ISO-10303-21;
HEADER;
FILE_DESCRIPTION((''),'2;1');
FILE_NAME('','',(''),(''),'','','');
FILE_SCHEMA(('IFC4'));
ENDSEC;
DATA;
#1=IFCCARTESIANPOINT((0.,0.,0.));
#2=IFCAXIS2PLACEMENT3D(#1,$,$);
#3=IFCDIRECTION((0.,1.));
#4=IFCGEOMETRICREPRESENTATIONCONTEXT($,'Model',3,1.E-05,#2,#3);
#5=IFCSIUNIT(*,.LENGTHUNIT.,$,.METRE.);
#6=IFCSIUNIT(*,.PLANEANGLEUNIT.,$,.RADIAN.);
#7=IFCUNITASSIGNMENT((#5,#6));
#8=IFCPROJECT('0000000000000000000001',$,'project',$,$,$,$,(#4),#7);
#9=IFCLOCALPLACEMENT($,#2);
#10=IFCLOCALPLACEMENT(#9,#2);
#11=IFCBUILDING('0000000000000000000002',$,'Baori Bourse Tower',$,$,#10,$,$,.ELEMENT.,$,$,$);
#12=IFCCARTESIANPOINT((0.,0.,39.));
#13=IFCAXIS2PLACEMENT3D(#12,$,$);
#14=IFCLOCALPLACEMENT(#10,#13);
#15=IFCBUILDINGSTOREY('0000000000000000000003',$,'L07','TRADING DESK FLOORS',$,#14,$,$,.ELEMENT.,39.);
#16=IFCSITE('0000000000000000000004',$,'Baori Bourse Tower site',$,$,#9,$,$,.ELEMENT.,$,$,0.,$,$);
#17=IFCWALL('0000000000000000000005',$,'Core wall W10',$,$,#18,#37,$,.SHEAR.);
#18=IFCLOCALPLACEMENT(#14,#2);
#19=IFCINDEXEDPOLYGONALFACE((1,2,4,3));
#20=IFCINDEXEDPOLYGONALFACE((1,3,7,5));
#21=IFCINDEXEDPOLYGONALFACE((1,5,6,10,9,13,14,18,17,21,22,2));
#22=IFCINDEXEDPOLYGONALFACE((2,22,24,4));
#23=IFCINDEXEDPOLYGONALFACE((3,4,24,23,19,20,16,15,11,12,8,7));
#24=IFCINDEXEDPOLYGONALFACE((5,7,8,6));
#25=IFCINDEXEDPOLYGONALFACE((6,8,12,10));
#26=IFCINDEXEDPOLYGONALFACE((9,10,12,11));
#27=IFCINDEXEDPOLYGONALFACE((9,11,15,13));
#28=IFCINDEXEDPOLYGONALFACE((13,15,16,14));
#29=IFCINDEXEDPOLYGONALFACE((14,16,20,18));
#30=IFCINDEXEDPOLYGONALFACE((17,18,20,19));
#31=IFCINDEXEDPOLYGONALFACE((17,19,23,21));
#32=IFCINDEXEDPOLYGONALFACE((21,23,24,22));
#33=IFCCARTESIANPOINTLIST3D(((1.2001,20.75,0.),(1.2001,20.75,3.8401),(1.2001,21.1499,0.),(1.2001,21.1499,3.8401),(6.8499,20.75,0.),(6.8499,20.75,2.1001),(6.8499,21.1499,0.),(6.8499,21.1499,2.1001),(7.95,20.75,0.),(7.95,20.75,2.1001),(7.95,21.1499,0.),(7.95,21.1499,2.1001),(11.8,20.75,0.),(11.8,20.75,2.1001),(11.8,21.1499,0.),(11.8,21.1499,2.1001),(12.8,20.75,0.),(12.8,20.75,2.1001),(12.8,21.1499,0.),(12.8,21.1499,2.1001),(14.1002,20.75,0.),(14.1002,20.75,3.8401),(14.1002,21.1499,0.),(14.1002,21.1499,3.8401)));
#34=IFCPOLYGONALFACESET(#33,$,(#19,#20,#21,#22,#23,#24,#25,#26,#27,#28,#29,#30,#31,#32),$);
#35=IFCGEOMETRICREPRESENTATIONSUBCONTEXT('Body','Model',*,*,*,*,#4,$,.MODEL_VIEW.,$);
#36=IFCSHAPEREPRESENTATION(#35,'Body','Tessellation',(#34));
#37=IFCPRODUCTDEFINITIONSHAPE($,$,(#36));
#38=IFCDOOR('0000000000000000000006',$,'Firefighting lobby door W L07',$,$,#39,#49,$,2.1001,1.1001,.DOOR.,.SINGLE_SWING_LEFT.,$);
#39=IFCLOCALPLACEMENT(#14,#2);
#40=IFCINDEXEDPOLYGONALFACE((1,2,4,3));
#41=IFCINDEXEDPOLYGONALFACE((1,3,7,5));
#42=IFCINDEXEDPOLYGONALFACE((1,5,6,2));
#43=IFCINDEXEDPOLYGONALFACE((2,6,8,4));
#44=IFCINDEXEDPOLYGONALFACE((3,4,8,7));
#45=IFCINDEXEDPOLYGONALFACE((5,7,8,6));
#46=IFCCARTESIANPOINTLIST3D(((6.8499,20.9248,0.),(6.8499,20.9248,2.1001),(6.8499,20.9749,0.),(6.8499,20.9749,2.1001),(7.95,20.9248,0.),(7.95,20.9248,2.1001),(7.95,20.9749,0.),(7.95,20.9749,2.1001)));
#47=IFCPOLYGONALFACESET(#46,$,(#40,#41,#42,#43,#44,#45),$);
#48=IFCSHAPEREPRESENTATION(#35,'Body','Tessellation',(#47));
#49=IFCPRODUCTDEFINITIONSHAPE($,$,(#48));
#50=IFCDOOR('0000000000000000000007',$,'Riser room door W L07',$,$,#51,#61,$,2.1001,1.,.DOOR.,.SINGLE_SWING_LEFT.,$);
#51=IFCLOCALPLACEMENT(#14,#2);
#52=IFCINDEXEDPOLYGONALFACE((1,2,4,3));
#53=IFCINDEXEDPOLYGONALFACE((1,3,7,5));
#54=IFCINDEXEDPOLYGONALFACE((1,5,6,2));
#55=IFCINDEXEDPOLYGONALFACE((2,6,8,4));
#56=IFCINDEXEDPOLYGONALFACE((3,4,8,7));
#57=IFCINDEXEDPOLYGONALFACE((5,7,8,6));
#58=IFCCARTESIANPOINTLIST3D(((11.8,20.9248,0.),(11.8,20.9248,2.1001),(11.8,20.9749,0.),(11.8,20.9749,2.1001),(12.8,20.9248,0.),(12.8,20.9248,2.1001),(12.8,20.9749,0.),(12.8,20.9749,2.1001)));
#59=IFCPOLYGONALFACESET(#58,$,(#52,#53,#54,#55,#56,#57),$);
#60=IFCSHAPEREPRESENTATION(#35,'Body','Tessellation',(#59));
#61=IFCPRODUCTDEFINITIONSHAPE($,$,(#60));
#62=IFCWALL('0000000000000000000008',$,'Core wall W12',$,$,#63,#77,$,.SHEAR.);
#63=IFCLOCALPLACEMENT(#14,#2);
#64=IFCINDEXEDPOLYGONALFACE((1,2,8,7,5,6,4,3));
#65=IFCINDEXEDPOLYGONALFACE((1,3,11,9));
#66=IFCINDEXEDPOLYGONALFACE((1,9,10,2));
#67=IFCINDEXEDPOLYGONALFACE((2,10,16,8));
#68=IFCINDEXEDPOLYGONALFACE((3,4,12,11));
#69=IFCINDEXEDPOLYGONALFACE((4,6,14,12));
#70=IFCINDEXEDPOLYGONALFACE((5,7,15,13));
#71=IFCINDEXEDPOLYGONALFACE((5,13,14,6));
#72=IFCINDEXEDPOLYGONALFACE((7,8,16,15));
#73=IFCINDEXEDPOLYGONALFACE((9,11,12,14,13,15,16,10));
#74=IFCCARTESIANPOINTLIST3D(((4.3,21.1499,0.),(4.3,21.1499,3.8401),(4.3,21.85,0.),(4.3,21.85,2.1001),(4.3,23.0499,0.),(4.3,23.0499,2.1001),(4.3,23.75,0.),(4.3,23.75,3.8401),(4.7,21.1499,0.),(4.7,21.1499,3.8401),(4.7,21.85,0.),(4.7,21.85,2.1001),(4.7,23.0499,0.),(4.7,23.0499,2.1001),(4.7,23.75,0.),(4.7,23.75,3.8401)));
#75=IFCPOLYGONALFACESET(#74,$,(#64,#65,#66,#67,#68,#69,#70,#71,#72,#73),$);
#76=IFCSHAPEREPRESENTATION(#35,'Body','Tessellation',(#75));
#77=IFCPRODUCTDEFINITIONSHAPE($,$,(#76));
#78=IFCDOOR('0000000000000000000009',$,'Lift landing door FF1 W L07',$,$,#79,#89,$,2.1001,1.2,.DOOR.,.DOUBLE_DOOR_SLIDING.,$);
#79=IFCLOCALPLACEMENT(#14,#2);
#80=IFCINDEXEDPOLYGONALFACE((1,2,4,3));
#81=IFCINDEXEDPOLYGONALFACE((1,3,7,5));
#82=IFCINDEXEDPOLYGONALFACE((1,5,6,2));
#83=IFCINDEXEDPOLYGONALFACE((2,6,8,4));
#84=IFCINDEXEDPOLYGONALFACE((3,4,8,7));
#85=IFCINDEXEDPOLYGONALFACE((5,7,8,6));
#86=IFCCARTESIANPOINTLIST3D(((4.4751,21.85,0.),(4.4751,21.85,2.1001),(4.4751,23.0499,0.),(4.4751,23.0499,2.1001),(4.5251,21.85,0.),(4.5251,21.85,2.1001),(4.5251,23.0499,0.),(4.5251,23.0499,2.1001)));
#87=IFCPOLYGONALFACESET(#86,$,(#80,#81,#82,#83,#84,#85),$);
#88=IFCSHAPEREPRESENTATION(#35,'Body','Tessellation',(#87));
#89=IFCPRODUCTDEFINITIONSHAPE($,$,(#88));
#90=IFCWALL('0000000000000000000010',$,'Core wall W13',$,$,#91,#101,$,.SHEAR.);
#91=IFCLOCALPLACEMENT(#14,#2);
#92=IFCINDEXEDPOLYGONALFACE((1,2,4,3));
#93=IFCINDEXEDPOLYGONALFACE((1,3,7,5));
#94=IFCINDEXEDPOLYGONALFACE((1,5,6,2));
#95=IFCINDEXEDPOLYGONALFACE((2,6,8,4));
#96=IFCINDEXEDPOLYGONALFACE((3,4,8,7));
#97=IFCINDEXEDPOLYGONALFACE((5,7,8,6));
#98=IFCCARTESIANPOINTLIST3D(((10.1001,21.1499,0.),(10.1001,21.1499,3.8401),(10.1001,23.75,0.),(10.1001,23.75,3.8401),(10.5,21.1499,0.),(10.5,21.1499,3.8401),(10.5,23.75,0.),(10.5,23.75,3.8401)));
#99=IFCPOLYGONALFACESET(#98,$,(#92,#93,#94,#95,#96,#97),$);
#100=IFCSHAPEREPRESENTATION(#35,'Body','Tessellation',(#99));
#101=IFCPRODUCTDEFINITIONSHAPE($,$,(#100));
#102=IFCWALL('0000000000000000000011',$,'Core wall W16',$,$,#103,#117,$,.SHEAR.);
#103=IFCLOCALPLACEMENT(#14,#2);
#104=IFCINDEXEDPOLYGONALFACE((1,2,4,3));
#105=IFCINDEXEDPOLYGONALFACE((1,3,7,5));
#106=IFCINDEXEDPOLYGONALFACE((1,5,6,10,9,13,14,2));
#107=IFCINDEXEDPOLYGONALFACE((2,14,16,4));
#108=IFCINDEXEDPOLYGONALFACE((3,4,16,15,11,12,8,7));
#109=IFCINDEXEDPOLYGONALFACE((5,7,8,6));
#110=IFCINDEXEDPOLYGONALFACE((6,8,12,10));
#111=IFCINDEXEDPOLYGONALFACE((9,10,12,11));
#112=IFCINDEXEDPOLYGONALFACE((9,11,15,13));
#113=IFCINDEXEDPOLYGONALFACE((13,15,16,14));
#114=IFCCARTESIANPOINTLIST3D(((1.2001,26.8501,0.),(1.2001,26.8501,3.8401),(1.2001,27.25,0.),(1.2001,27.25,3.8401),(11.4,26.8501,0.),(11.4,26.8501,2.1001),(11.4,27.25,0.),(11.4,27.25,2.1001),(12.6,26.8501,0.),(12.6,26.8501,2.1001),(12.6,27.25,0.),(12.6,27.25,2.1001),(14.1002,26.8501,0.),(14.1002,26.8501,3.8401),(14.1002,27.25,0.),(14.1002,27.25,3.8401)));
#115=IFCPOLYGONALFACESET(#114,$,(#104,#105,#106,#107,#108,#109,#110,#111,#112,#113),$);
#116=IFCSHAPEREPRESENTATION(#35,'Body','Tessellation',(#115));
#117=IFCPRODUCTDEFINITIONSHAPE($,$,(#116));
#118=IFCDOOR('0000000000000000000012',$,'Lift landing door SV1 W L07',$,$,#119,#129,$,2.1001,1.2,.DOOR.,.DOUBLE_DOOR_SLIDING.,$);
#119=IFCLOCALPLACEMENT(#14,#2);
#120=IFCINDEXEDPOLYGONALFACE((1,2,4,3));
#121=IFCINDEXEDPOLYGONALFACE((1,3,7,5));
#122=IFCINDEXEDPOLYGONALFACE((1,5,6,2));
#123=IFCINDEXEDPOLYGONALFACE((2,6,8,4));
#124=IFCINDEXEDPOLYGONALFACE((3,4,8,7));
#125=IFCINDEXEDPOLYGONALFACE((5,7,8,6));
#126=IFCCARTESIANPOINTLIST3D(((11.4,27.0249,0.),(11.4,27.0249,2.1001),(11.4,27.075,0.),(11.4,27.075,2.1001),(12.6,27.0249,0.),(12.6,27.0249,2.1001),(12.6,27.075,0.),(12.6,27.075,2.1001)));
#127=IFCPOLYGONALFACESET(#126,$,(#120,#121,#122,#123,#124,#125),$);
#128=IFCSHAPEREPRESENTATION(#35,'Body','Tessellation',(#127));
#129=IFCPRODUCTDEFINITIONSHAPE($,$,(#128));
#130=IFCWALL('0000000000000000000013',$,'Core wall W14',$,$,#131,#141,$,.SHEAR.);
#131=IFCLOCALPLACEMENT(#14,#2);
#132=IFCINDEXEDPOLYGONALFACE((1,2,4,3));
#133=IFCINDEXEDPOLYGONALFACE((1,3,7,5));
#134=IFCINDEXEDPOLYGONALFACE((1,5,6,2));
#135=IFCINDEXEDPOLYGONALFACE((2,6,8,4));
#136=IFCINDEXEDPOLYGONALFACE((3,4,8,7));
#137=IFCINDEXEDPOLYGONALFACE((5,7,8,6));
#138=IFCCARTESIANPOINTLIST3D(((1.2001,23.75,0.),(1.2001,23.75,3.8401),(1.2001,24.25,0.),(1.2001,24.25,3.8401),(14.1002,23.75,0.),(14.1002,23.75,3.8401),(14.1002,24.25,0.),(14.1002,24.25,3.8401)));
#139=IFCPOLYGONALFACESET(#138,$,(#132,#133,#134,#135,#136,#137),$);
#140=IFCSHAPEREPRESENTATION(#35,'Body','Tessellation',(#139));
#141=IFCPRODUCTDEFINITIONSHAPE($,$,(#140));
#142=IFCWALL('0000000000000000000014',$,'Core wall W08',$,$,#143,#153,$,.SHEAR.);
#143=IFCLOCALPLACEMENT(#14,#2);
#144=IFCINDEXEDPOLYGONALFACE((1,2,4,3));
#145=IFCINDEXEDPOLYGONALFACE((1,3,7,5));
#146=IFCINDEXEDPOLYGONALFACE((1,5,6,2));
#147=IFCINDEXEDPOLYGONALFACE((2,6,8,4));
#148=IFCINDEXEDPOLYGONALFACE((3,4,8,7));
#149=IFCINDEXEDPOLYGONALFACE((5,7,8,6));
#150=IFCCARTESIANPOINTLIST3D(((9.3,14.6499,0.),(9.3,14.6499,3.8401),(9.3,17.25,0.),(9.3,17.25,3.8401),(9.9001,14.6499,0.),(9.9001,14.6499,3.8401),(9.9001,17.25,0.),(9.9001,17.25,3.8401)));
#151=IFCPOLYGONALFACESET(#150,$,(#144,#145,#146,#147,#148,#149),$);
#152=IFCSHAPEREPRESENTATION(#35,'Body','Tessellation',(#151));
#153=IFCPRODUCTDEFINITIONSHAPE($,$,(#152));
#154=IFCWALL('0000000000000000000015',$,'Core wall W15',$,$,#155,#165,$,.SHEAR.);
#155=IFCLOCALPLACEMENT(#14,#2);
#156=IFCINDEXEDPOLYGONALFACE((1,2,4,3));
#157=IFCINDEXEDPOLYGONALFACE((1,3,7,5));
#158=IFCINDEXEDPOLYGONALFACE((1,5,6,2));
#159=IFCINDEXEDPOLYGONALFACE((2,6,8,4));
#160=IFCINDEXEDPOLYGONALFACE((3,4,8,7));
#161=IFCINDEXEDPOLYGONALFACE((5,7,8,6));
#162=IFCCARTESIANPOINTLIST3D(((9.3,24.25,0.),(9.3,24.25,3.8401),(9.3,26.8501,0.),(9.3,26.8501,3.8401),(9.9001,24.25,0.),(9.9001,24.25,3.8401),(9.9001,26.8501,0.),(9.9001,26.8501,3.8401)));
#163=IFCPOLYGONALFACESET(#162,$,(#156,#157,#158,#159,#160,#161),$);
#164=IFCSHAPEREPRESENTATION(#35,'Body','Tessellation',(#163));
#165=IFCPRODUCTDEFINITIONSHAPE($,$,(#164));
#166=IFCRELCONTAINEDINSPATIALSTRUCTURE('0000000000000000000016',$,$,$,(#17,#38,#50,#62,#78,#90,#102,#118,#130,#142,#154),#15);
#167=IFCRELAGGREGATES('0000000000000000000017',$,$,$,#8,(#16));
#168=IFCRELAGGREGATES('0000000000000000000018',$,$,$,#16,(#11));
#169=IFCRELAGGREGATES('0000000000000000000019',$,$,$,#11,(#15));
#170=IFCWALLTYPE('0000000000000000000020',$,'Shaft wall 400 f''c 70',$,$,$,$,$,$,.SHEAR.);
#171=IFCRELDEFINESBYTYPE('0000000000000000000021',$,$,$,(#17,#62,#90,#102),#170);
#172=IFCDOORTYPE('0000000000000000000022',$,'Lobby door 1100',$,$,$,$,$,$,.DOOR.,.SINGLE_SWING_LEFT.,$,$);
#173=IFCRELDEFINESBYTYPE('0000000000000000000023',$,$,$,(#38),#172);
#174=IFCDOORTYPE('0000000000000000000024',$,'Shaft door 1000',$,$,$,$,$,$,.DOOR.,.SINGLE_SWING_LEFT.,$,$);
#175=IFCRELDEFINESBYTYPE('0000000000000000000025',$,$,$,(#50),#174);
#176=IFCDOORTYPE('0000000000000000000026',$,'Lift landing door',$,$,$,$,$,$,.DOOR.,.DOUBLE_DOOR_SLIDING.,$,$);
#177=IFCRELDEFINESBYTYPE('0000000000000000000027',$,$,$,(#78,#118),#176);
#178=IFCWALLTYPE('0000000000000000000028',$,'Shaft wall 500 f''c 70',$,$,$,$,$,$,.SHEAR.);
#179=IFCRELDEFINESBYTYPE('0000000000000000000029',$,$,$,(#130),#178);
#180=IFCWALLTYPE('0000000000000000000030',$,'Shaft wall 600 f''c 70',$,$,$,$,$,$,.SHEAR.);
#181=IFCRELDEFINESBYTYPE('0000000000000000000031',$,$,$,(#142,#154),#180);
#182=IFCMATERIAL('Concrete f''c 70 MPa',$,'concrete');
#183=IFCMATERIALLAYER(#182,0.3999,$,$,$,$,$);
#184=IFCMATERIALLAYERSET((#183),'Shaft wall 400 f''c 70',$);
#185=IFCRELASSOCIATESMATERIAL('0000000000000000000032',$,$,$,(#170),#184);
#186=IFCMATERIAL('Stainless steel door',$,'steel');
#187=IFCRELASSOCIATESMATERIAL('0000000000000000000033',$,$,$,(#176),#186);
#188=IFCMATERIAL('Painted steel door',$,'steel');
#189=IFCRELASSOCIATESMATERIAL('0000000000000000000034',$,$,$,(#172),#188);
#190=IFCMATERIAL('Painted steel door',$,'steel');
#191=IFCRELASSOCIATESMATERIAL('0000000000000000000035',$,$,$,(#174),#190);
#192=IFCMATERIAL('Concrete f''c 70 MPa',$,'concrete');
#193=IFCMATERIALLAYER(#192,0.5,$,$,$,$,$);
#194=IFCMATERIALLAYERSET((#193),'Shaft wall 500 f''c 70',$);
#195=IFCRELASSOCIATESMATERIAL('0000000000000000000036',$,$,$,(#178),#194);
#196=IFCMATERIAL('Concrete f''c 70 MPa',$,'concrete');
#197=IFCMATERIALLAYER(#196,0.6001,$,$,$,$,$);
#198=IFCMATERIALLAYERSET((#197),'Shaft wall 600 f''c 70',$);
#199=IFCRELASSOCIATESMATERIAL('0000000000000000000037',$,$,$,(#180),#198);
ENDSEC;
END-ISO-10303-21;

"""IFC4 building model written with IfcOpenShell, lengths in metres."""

from ifc_helpers import new_model, si_unit, direction, frame, frame_2d, origin, place, context, subcontext, project, spatial, rectangle, extrude, material, layer, layer_set, type_object, element, fill, save


model = new_model("IFC4")

# Units and contexts
model_context = context("Model", 3, precision=1e-05, world=origin(), true_north=direction((0.0, 1.0)))
body_context = subcontext(model_context, "Body", "Model", "MODEL_VIEW")
ifc_project = project(units=[si_unit("LENGTHUNIT", "METRE"), si_unit("PLANEANGLEUNIT", "RADIAN")], contexts=[model_context])

# Site, building, storey
site_placement = place(None, origin())
site = spatial("IfcSite", under=ifc_project, at=site_placement, Name="Baori Bourse Tower site", CompositionType="ELEMENT", RefElevation=0.0)
building_placement = place(site_placement, origin())
building = spatial("IfcBuilding", under=site, at=building_placement, Name="Baori Bourse Tower", CompositionType="ELEMENT")
storey_placement = place(building_placement, frame((0.0, 0.0, 39.0)))
storey = spatial("IfcBuildingStorey", under=building, at=storey_placement, Name="L07", Description="TRADING DESK FLOORS", CompositionType="ELEMENT", Elevation=39.0)

# Shared definitions
ifc_material_1 = material(Name="Concrete f'c 70 MPa", Category="concrete")
ifc_layer_1 = layer(ifc_material_1, 0.3999)
ifc_layer_set_1 = layer_set([ifc_layer_1], Name="Shaft wall 400 f'c 70")
wall_type_1 = type_object("IfcWallType", Name="Shaft wall 400 f'c 70", PredefinedType="SHEAR", material=ifc_layer_set_1)

# Wall, openings, doors
ifc_material_2 = material(Name="Stainless steel door", Category="steel")
door_type_1 = type_object("IfcDoorType", Name="Lift landing door", OperationType="DOUBLE_DOOR_SLIDING", PredefinedType="DOOR", material=ifc_material_2)
wall_1_placement = place(storey_placement, frame((1.2, 20.95, 0.0), z_axis=(0.0, 0.0, 1.0), x_axis=(1.0, 0.0, 0.0)))
wall_1 = element("IfcWall", 1, at=wall_1_placement, inside=storey, type_object=wall_type_1, Name="Core wall W10", PredefinedType="SHEAR", context=body_context, shape_type="SweptSolid", body=[
    extrude(rectangle(XDim=12.9001, YDim=0.3999, at=frame_2d((6.4502, 0.0))), origin(), (0.0, 0.0, 1.0), 3.8401),
])
opening_1_placement = place(wall_1_placement, frame((5.6499, 0.0, 0.0)))
opening_1 = element("IfcOpeningElement", 2, at=opening_1_placement, cuts=wall_1, PredefinedType="OPENING", context=body_context, shape_type="SweptSolid", body=[
    extrude(rectangle(XDim=1.1001, YDim=2.1001, at=frame_2d((0.55, 1.05))), frame((0.0, 0.21, 0.0), z_axis=(0.0, -1.0, 0.0), x_axis=(1.0, 0.0, 0.0)), (0.0, 0.0, 1.0), 0.4199),
])
opening_2_placement = place(wall_1_placement, frame((10.6001, 0.0, 0.0)))
opening_2 = element("IfcOpeningElement", 3, at=opening_2_placement, cuts=wall_1, PredefinedType="OPENING", context=body_context, shape_type="SweptSolid", body=[
    extrude(rectangle(XDim=1.0, YDim=2.1001, at=frame_2d((0.5, 1.05))), frame((0.0, 0.21, 0.0), z_axis=(0.0, -1.0, 0.0), x_axis=(1.0, 0.0, 0.0)), (0.0, 0.0, 1.0), 0.4199),
])
ifc_material_3 = material(Name="Painted steel door", Category="steel")
door_type_2 = type_object("IfcDoorType", Name="Lobby door 1100", OperationType="SINGLE_SWING_LEFT", PredefinedType="DOOR", material=ifc_material_3)
door_1_placement = place(opening_1_placement, origin())
door_1 = element("IfcDoor", 4, at=door_1_placement, inside=storey, type_object=door_type_2, Name="Firefighting lobby door W L07", OperationType="SINGLE_SWING_LEFT", OverallHeight=2.1001, OverallWidth=1.1001, PredefinedType="DOOR", context=body_context, shape_type="SweptSolid", body=[
    extrude(rectangle(XDim=1.1001, YDim=2.1001, at=frame_2d((0.55, 1.05))), frame((0.0, 0.0249, 0.0), z_axis=(0.0, -1.0, 0.0), x_axis=(1.0, 0.0, 0.0)), (0.0, 0.0, 1.0), 0.05),
])
fill(opening_1, door_1)
ifc_material_4 = material(Name="Painted steel door", Category="steel")
door_type_3 = type_object("IfcDoorType", Name="Shaft door 1000", OperationType="SINGLE_SWING_LEFT", PredefinedType="DOOR", material=ifc_material_4)
door_2_placement = place(opening_2_placement, origin())
door_2 = element("IfcDoor", 5, at=door_2_placement, inside=storey, type_object=door_type_3, Name="Riser room door W L07", OperationType="SINGLE_SWING_LEFT", OverallHeight=2.1001, OverallWidth=1.0, PredefinedType="DOOR", context=body_context, shape_type="SweptSolid", body=[
    extrude(rectangle(XDim=1.0, YDim=2.1001, at=frame_2d((0.5, 1.05))), frame((0.0, 0.0249, 0.0), z_axis=(0.0, -1.0, 0.0), x_axis=(1.0, 0.0, 0.0)), (0.0, 0.0, 1.0), 0.05),
])
fill(opening_2, door_2)

# Wall, opening, door
wall_2_placement = place(storey_placement, frame((4.5, 21.1499, 0.0), z_axis=(0.0, 0.0, 1.0), x_axis=(0.0, 1.0, 0.0)))
wall_2 = element("IfcWall", 6, at=wall_2_placement, inside=storey, type_object=wall_type_1, Name="Core wall W12", PredefinedType="SHEAR", context=body_context, shape_type="SweptSolid", body=[
    extrude(rectangle(XDim=2.6001, YDim=0.3999, at=frame_2d((1.3, 0.0))), origin(), (0.0, 0.0, 1.0), 3.8401),
])
opening_3_placement = place(wall_2_placement, frame((0.7, 0.0, 0.0)))
opening_3 = element("IfcOpeningElement", 7, at=opening_3_placement, cuts=wall_2, PredefinedType="OPENING", context=body_context, shape_type="SweptSolid", body=[
    extrude(rectangle(XDim=1.2, YDim=2.1001, at=frame_2d((0.6001, 1.05))), frame((0.0, 0.21, 0.0), z_axis=(0.0, -1.0, 0.0), x_axis=(1.0, 0.0, 0.0)), (0.0, 0.0, 1.0), 0.4199),
])
door_3_placement = place(opening_3_placement, origin())
door_3 = element("IfcDoor", 8, at=door_3_placement, inside=storey, type_object=door_type_1, Name="Lift landing door FF1 W L07", OperationType="DOUBLE_DOOR_SLIDING", OverallHeight=2.1001, OverallWidth=1.2, PredefinedType="DOOR", context=body_context, shape_type="SweptSolid", body=[
    extrude(rectangle(XDim=1.2, YDim=2.1001, at=frame_2d((0.6001, 1.05))), frame((0.0, 0.0249, 0.0), z_axis=(0.0, -1.0, 0.0), x_axis=(1.0, 0.0, 0.0)), (0.0, 0.0, 1.0), 0.05),
])
fill(opening_3, door_3)

# Wall
wall_3_placement = place(storey_placement, frame((10.3, 21.1499, 0.0), z_axis=(0.0, 0.0, 1.0), x_axis=(0.0, 1.0, 0.0)))
element("IfcWall", 9, at=wall_3_placement, inside=storey, type_object=wall_type_1, Name="Core wall W13", PredefinedType="SHEAR", context=body_context, shape_type="SweptSolid", body=[
    extrude(rectangle(XDim=2.6001, YDim=0.3999, at=frame_2d((1.3, 0.0))), origin(), (0.0, 0.0, 1.0), 3.8401),
])

# Wall, opening, door
wall_4_placement = place(storey_placement, frame((1.2, 27.05, 0.0), z_axis=(0.0, 0.0, 1.0), x_axis=(1.0, 0.0, 0.0)))
wall_4 = element("IfcWall", 10, at=wall_4_placement, inside=storey, type_object=wall_type_1, Name="Core wall W16", PredefinedType="SHEAR", context=body_context, shape_type="SweptSolid", body=[
    extrude(rectangle(XDim=12.9001, YDim=0.3999, at=frame_2d((6.4502, 0.0))), origin(), (0.0, 0.0, 1.0), 3.8401),
])
opening_4_placement = place(wall_4_placement, frame((10.2, 0.0, 0.0)))
opening_4 = element("IfcOpeningElement", 11, at=opening_4_placement, cuts=wall_4, PredefinedType="OPENING", context=body_context, shape_type="SweptSolid", body=[
    extrude(rectangle(XDim=1.2, YDim=2.1001, at=frame_2d((0.6001, 1.05))), frame((0.0, 0.21, 0.0), z_axis=(0.0, -1.0, 0.0), x_axis=(1.0, 0.0, 0.0)), (0.0, 0.0, 1.0), 0.4199),
])
door_4_placement = place(opening_4_placement, origin())
door_4 = element("IfcDoor", 12, at=door_4_placement, inside=storey, type_object=door_type_1, Name="Lift landing door SV1 W L07", OperationType="DOUBLE_DOOR_SLIDING", OverallHeight=2.1001, OverallWidth=1.2, PredefinedType="DOOR", context=body_context, shape_type="SweptSolid", body=[
    extrude(rectangle(XDim=1.2, YDim=2.1001, at=frame_2d((0.6001, 1.05))), frame((0.0, 0.0249, 0.0), z_axis=(0.0, -1.0, 0.0), x_axis=(1.0, 0.0, 0.0)), (0.0, 0.0, 1.0), 0.05),
])
fill(opening_4, door_4)

# Walls
ifc_material_5 = material(Name="Concrete f'c 70 MPa", Category="concrete")
ifc_layer_2 = layer(ifc_material_5, 0.5)
ifc_layer_set_2 = layer_set([ifc_layer_2], Name="Shaft wall 500 f'c 70")
wall_type_2 = type_object("IfcWallType", Name="Shaft wall 500 f'c 70", PredefinedType="SHEAR", material=ifc_layer_set_2)
wall_5_placement = place(storey_placement, frame((1.2, 24.0, 0.0), z_axis=(0.0, 0.0, 1.0), x_axis=(1.0, 0.0, 0.0)))
element("IfcWall", 13, at=wall_5_placement, inside=storey, type_object=wall_type_2, Name="Core wall W14", PredefinedType="SHEAR", context=body_context, shape_type="SweptSolid", body=[
    extrude(rectangle(XDim=12.9001, YDim=0.5, at=frame_2d((6.4502, 0.0))), origin(), (0.0, 0.0, 1.0), 3.8401),
])
ifc_material_6 = material(Name="Concrete f'c 70 MPa", Category="concrete")
ifc_layer_3 = layer(ifc_material_6, 0.6001)
ifc_layer_set_3 = layer_set([ifc_layer_3], Name="Shaft wall 600 f'c 70")
wall_type_3 = type_object("IfcWallType", Name="Shaft wall 600 f'c 70", PredefinedType="SHEAR", material=ifc_layer_set_3)
for number, where, z_axis, x_axis, name in (
    (14, (9.6001, 14.6499, 0.0), (0.0, 0.0, 1.0), (0.0, 1.0, 0.0), "Core wall W08"),
    (15, (9.6001, 24.25, 0.0), (0.0, 0.0, 1.0), (0.0, 1.0, 0.0), "Core wall W15"),
):
    element("IfcWall", number, at=place(storey_placement, frame(where, z_axis=z_axis, x_axis=x_axis)), inside=storey, type_object=wall_type_3, Name=name, PredefinedType="SHEAR", context=body_context, shape_type="SweptSolid", body=[
        extrude(rectangle(XDim=2.6001, YDim=0.6001, at=frame_2d((1.3, 0.0))), origin(), (0.0, 0.0, 1.0), 3.8401),
    ])

save(model, "model.ifc")
